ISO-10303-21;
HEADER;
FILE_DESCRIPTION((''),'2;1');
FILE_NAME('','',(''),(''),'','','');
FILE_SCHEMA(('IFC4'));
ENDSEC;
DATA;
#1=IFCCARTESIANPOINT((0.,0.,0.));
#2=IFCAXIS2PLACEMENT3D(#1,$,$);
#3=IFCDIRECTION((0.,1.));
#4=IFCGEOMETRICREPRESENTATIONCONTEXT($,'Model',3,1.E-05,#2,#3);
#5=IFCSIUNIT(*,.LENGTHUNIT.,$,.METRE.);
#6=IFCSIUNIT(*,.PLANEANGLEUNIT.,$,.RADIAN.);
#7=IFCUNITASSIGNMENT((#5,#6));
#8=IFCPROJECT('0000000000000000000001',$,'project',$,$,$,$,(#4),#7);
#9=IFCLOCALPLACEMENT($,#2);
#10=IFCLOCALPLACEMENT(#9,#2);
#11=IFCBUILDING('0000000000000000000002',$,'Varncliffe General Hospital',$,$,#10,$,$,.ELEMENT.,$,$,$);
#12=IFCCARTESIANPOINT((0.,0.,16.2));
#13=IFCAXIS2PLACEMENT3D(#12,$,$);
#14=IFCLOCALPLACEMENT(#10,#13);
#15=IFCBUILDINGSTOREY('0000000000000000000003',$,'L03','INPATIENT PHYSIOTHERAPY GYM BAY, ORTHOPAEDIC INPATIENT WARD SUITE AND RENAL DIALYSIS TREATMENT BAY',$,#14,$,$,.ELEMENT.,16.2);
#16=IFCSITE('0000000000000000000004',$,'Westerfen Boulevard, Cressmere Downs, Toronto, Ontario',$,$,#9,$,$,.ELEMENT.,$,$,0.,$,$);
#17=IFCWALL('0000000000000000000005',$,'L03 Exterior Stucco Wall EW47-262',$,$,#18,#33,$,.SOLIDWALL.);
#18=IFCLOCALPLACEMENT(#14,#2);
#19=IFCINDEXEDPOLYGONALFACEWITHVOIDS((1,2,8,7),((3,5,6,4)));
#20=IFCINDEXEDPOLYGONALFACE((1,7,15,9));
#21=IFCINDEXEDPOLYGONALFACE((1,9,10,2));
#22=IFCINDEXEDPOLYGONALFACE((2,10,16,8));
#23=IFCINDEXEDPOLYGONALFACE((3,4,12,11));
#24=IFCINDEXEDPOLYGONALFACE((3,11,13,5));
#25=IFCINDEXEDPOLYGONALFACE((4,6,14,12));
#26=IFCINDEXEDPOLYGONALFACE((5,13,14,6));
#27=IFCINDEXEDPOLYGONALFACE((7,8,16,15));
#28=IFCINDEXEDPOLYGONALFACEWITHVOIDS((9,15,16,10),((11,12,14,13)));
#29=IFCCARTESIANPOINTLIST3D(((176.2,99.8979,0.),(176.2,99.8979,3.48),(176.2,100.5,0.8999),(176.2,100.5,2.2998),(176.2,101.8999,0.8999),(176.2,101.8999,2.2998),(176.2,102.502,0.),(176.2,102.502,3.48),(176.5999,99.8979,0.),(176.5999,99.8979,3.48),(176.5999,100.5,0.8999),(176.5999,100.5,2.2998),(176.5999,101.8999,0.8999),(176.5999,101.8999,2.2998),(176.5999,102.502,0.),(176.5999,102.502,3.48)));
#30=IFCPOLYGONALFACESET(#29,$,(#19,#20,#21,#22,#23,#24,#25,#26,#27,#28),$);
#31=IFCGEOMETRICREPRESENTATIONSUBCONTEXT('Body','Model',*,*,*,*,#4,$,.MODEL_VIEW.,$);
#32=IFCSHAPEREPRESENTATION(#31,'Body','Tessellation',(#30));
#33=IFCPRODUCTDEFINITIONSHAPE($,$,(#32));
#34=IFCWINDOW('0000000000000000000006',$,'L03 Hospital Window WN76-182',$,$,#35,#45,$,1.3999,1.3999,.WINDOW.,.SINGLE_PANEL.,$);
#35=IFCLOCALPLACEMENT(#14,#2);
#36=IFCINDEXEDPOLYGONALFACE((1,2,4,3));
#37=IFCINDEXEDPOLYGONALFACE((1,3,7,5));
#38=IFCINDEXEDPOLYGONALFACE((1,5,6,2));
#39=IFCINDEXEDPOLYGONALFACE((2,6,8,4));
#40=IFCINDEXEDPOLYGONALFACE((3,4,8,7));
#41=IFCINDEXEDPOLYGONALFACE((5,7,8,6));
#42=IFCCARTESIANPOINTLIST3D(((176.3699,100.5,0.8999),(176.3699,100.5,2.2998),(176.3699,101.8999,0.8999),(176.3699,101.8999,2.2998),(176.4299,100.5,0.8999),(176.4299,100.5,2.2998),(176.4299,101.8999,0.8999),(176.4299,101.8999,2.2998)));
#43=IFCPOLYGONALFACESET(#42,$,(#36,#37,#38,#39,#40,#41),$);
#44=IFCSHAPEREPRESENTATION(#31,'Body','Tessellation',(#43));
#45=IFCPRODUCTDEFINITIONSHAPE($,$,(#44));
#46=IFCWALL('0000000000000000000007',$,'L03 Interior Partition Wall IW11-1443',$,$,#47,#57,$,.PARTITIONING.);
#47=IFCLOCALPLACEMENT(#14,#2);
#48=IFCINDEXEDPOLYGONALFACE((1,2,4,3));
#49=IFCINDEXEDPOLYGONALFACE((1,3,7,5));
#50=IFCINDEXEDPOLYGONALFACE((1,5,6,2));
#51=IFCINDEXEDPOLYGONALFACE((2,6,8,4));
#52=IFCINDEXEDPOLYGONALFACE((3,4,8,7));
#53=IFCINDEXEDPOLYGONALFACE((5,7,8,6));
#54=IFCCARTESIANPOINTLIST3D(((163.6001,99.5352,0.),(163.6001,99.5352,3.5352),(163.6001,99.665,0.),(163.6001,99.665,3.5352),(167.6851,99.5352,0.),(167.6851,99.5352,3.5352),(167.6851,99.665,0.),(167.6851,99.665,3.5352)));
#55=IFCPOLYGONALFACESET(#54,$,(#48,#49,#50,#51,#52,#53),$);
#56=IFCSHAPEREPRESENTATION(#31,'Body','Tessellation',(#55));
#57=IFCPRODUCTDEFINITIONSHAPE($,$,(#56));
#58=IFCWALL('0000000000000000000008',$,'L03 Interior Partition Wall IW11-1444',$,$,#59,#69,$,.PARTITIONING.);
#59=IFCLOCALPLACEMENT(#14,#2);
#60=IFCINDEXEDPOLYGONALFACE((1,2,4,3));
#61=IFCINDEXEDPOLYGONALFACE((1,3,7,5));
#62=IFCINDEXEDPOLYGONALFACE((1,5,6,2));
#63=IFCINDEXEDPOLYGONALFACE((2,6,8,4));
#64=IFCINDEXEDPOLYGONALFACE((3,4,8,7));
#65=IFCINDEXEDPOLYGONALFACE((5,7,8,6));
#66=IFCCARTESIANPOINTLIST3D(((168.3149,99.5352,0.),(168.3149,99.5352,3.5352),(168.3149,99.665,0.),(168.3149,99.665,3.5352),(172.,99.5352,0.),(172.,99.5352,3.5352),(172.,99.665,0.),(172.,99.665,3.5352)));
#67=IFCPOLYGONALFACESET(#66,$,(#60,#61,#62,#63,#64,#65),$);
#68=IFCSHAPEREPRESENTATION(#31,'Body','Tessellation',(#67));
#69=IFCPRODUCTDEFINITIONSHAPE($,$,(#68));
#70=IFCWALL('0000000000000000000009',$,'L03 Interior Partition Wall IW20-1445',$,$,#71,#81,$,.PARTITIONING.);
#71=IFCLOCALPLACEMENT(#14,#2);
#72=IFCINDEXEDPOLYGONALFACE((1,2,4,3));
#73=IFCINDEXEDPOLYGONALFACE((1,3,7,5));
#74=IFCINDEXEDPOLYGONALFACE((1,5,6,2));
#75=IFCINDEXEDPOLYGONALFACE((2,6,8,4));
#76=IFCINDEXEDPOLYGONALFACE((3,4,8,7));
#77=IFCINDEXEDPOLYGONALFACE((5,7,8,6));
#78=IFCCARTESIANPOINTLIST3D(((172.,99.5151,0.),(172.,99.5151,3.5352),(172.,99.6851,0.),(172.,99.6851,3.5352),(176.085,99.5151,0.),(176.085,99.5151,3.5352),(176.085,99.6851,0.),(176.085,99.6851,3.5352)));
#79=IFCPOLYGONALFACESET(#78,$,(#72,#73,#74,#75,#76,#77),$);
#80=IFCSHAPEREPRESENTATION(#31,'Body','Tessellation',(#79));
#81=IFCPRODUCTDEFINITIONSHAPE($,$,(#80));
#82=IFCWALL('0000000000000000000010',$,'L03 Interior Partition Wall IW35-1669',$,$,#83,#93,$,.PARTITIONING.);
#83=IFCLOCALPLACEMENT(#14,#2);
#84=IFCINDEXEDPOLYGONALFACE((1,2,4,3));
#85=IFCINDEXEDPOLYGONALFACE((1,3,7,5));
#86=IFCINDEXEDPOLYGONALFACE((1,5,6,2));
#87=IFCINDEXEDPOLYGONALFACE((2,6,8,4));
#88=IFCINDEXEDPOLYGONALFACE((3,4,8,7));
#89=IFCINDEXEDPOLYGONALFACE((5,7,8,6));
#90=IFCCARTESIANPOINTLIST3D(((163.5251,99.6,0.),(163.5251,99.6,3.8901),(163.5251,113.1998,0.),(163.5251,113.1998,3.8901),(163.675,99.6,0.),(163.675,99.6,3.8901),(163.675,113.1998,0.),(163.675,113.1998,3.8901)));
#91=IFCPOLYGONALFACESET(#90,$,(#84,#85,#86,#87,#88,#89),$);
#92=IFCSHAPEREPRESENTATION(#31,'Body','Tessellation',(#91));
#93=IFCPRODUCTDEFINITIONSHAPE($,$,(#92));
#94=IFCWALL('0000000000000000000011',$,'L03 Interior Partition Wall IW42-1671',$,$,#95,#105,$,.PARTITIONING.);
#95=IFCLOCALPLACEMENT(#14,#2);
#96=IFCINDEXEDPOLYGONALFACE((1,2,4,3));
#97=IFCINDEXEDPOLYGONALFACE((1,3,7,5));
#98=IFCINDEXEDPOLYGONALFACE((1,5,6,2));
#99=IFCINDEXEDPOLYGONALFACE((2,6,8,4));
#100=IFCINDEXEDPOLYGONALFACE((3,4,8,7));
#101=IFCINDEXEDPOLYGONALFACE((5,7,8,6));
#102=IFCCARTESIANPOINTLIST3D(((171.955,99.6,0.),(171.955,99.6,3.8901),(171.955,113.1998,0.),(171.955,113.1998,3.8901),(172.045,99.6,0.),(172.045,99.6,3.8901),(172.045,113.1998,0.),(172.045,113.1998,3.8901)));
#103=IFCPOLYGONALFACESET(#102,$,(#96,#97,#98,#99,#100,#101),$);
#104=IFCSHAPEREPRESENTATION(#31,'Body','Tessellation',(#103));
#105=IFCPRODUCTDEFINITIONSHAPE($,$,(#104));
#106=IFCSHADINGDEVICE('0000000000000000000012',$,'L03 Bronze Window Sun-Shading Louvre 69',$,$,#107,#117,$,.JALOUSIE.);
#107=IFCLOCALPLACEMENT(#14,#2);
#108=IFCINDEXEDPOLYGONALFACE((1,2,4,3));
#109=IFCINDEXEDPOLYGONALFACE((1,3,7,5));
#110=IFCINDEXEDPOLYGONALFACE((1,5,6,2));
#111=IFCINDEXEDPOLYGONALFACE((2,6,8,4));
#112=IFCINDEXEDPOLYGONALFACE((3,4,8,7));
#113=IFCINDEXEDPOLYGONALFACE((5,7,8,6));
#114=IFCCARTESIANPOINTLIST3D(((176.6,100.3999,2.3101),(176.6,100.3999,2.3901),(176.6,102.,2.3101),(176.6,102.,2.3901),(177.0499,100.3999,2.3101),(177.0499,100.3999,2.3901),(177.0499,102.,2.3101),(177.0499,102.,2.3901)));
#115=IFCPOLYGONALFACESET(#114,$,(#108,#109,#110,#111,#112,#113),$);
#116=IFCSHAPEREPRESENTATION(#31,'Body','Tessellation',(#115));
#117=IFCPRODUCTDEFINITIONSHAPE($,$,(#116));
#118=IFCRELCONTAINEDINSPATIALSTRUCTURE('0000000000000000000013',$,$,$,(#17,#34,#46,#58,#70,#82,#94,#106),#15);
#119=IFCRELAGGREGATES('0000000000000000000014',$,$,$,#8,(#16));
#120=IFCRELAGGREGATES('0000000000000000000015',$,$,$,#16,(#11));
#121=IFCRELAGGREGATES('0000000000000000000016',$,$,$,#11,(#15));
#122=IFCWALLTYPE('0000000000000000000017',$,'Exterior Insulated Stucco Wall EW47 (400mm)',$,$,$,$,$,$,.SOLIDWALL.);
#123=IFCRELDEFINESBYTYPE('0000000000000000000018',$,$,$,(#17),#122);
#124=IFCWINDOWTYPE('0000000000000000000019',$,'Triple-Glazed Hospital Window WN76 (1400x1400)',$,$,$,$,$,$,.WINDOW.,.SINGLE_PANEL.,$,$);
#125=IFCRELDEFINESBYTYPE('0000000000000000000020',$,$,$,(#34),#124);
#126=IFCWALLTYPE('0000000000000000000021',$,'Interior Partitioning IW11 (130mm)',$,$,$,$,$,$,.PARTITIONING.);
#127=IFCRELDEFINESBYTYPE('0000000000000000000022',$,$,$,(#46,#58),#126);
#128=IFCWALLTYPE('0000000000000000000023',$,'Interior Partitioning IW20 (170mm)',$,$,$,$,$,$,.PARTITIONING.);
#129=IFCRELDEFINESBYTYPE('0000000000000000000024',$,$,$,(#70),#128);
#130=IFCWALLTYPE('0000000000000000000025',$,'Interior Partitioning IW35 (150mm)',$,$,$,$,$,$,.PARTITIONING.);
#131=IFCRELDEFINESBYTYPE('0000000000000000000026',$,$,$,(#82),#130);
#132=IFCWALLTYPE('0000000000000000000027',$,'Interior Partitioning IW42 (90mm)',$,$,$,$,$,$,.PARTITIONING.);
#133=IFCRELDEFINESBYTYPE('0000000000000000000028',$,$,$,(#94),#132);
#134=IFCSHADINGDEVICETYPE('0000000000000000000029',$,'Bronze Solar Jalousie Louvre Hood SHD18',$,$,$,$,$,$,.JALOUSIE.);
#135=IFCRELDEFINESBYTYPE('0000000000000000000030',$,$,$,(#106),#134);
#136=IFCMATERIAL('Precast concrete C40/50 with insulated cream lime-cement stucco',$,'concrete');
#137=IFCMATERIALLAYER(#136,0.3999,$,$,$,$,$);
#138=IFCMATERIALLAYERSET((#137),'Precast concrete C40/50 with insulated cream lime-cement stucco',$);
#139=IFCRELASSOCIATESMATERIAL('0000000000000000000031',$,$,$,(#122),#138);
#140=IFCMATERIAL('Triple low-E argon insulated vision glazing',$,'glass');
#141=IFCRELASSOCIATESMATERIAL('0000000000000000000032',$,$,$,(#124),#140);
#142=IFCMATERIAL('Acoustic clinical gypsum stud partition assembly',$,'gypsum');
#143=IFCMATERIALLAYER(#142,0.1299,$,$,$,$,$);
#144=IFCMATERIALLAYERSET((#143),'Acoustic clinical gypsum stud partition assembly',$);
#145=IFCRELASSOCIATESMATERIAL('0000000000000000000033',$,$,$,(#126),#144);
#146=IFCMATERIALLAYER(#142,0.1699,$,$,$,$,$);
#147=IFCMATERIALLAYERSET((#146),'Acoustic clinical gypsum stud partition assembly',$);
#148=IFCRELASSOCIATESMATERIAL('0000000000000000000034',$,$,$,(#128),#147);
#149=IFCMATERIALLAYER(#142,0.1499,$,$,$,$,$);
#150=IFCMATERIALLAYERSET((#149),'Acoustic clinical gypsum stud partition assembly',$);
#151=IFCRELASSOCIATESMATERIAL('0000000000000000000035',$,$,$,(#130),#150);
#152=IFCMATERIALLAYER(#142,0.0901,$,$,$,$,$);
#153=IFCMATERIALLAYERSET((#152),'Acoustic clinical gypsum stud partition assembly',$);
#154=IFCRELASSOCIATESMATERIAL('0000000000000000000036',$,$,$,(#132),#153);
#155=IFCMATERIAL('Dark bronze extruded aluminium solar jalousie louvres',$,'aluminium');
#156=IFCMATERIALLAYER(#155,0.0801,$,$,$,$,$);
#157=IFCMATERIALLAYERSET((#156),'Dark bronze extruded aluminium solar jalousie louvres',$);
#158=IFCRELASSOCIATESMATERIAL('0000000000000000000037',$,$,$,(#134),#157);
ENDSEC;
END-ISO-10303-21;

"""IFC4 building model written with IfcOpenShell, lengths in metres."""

from ifc_helpers import new_model, si_unit, direction, frame, frame_2d, origin, origin_2d, place, context, subcontext, project, spatial, rectangle, extrude, material, layer, layer_set, type_object, element, fill, save


model = new_model("IFC4")

# Units and contexts
model_context = context("Model", 3, precision=1e-05, world=origin(), true_north=direction((0.0, 1.0)))
body_context = subcontext(model_context, "Body", "Model", "MODEL_VIEW")
ifc_project = project(units=[si_unit("LENGTHUNIT", "METRE"), si_unit("PLANEANGLEUNIT", "RADIAN")], contexts=[model_context])

# Site, building, storey
site_placement = place(None, origin())
site = spatial("IfcSite", under=ifc_project, at=site_placement, Name="Westerfen Boulevard, Cressmere Downs, Toronto, Ontario", CompositionType="ELEMENT", RefElevation=0.0)
building_placement = place(site_placement, origin())
building = spatial("IfcBuilding", under=site, at=building_placement, Name="Varncliffe General Hospital", CompositionType="ELEMENT")
storey_placement = place(building_placement, frame((0.0, 0.0, 16.2)))
storey = spatial("IfcBuildingStorey", under=building, at=storey_placement, Name="L03", Description="INPATIENT PHYSIOTHERAPY GYM BAY, ORTHOPAEDIC INPATIENT WARD SUITE AND RENAL DIALYSIS TREATMENT BAY", CompositionType="ELEMENT", Elevation=16.2)

# Wall, opening, window
ifc_material_1 = material(Name="Precast concrete C40/50 with insulated cream lime-cement stucco", Category="concrete")
ifc_material_2 = material(Name="Triple low-E argon insulated vision glazing", Category="glass")
ifc_layer_1 = layer(ifc_material_1, 0.3999)
ifc_layer_set_1 = layer_set([ifc_layer_1], Name="Precast concrete C40/50 with insulated cream lime-cement stucco")
wall_type_1 = type_object("IfcWallType", Name="Exterior Insulated Stucco Wall EW47 (400mm)", PredefinedType="SOLIDWALL", material=ifc_layer_set_1)
wall_1_placement = place(storey_placement, frame((176.3999, 102.502, 0.0), z_axis=(0.0, 0.0, 1.0), x_axis=(0.0, -1.0, 0.0)))
wall_1 = element("IfcWall", 1, at=wall_1_placement, inside=storey, type_object=wall_type_1, Name="L03 Exterior Stucco Wall EW47-262", PredefinedType="SOLIDWALL", context=body_context, shape_type="SweptSolid", body=[
    extrude(rectangle(XDim=2.604, YDim=0.3999, at=frame_2d((1.302, 0.0))), origin(), (0.0, 0.0, 1.0), 3.48),
])
opening_1_placement = place(wall_1_placement, frame((0.6021, 0.0, 0.8999)))
opening_1 = element("IfcOpeningElement", 2, at=opening_1_placement, cuts=wall_1, PredefinedType="OPENING", context=body_context, shape_type="SweptSolid", body=[
    extrude(rectangle(XDim=1.3999, YDim=1.3999, at=frame_2d((0.7, 0.7))), frame((0.0, 0.21, 0.0), z_axis=(0.0, -1.0, 0.0), x_axis=(1.0, 0.0, 0.0)), (0.0, 0.0, 1.0), 0.4199),
])
window_type_1 = type_object("IfcWindowType", Name="Triple-Glazed Hospital Window WN76 (1400x1400)", PartitioningType="SINGLE_PANEL", PredefinedType="WINDOW", material=ifc_material_2)
window_1_placement = place(opening_1_placement, origin())
window_1 = element("IfcWindow", 3, at=window_1_placement, inside=storey, type_object=window_type_1, Name="L03 Hospital Window WN76-182", OverallHeight=1.3999, OverallWidth=1.3999, PartitioningType="SINGLE_PANEL", PredefinedType="WINDOW", context=body_context, shape_type="SweptSolid", body=[
    extrude(rectangle(XDim=1.3999, YDim=1.3999, at=frame_2d((0.7, 0.7))), frame((0.0, 0.03, 0.0), z_axis=(0.0, -1.0, 0.0), x_axis=(1.0, 0.0, 0.0)), (0.0, 0.0, 1.0), 0.0601),
])
fill(opening_1, window_1)

# Walls
ifc_material_3 = material(Name="Acoustic clinical gypsum stud partition assembly", Category="gypsum")
ifc_layer_2 = layer(ifc_material_3, 0.1299)
ifc_layer_set_2 = layer_set([ifc_layer_2], Name="Acoustic clinical gypsum stud partition assembly")
wall_type_2 = type_object("IfcWallType", Name="Interior Partitioning IW11 (130mm)", PredefinedType="PARTITIONING", material=ifc_layer_set_2)
wall_2_placement = place(storey_placement, frame((163.6001, 99.6001, 0.0), z_axis=(0.0, 0.0, 1.0), x_axis=(1.0, 0.0, 0.0)))
element("IfcWall", 4, at=wall_2_placement, inside=storey, type_object=wall_type_2, Name="L03 Interior Partition Wall IW11-1443", PredefinedType="PARTITIONING", context=body_context, shape_type="SweptSolid", body=[
    extrude(rectangle(XDim=4.085, YDim=0.1299, at=frame_2d((2.0425, 0.0))), origin(), (0.0, 0.0, 1.0), 3.5352),
])
wall_3_placement = place(storey_placement, frame((168.3149, 99.6001, 0.0), z_axis=(0.0, 0.0, 1.0), x_axis=(1.0, 0.0, 0.0)))
element("IfcWall", 5, at=wall_3_placement, inside=storey, type_object=wall_type_2, Name="L03 Interior Partition Wall IW11-1444", PredefinedType="PARTITIONING", context=body_context, shape_type="SweptSolid", body=[
    extrude(rectangle(XDim=3.6851, YDim=0.1299, at=frame_2d((1.8425, 0.0))), origin(), (0.0, 0.0, 1.0), 3.5352),
])
ifc_layer_3 = layer(ifc_material_3, 0.1699)
ifc_layer_set_3 = layer_set([ifc_layer_3], Name="Acoustic clinical gypsum stud partition assembly")
wall_type_3 = type_object("IfcWallType", Name="Interior Partitioning IW20 (170mm)", PredefinedType="PARTITIONING", material=ifc_layer_set_3)
wall_4_placement = place(storey_placement, frame((172.0, 99.6001, 0.0), z_axis=(0.0, 0.0, 1.0), x_axis=(1.0, 0.0, 0.0)))
element("IfcWall", 6, at=wall_4_placement, inside=storey, type_object=wall_type_3, Name="L03 Interior Partition Wall IW20-1445", PredefinedType="PARTITIONING", context=body_context, shape_type="SweptSolid", body=[
    extrude(rectangle(XDim=4.085, YDim=0.1699, at=frame_2d((2.0425, 0.0))), origin(), (0.0, 0.0, 1.0), 3.5352),
])
ifc_layer_4 = layer(ifc_material_3, 0.1499)
ifc_layer_set_4 = layer_set([ifc_layer_4], Name="Acoustic clinical gypsum stud partition assembly")
wall_type_4 = type_object("IfcWallType", Name="Interior Partitioning IW35 (150mm)", PredefinedType="PARTITIONING", material=ifc_layer_set_4)
wall_5_placement = place(storey_placement, frame((163.6001, 99.6001, 0.0), z_axis=(0.0, 0.0, 1.0), x_axis=(0.0, 1.0, 0.0)))
element("IfcWall", 7, at=wall_5_placement, inside=storey, type_object=wall_type_4, Name="L03 Interior Partition Wall IW35-1669", PredefinedType="PARTITIONING", context=body_context, shape_type="SweptSolid", body=[
    extrude(rectangle(XDim=13.5999, YDim=0.1499, at=frame_2d((6.7998, 0.0))), origin(), (0.0, 0.0, 1.0), 3.8901),
])
ifc_layer_5 = layer(ifc_material_3, 0.0901)
ifc_layer_set_5 = layer_set([ifc_layer_5], Name="Acoustic clinical gypsum stud partition assembly")
wall_type_5 = type_object("IfcWallType", Name="Interior Partitioning IW42 (90mm)", PredefinedType="PARTITIONING", material=ifc_layer_set_5)
wall_6_placement = place(storey_placement, frame((172.0, 99.6001, 0.0), z_axis=(0.0, 0.0, 1.0), x_axis=(0.0, 1.0, 0.0)))
element("IfcWall", 8, at=wall_6_placement, inside=storey, type_object=wall_type_5, Name="L03 Interior Partition Wall IW42-1671", PredefinedType="PARTITIONING", context=body_context, shape_type="SweptSolid", body=[
    extrude(rectangle(XDim=13.5999, YDim=0.0901, at=frame_2d((6.7998, 0.0))), origin(), (0.0, 0.0, 1.0), 3.8901),
])

# Shading device
ifc_material_4 = material(Name="Dark bronze extruded aluminium solar jalousie louvres", Category="aluminium")
ifc_layer_6 = layer(ifc_material_4, 0.0801)
ifc_layer_set_6 = layer_set([ifc_layer_6], Name="Dark bronze extruded aluminium solar jalousie louvres")
shading_device_type = type_object("IfcShadingDeviceType", Name="Bronze Solar Jalousie Louvre Hood SHD18", PredefinedType="JALOUSIE", material=ifc_layer_set_6)
shading_device_placement = place(storey_placement, frame((176.825, 101.2, 2.3101), z_axis=(0.0, 0.0, 1.0), x_axis=(0.0, -1.0, 0.0)))
element("IfcShadingDevice", 9, at=shading_device_placement, inside=storey, type_object=shading_device_type, Name="L03 Bronze Window Sun-Shading Louvre 69", PredefinedType="JALOUSIE", context=body_context, shape_type="SweptSolid", body=[
    extrude(rectangle(XDim=1.6001, YDim=0.45, at=origin_2d()), origin(), (0.0, 0.0, 1.0), 0.0801),
])

save(model, "model.ifc")
